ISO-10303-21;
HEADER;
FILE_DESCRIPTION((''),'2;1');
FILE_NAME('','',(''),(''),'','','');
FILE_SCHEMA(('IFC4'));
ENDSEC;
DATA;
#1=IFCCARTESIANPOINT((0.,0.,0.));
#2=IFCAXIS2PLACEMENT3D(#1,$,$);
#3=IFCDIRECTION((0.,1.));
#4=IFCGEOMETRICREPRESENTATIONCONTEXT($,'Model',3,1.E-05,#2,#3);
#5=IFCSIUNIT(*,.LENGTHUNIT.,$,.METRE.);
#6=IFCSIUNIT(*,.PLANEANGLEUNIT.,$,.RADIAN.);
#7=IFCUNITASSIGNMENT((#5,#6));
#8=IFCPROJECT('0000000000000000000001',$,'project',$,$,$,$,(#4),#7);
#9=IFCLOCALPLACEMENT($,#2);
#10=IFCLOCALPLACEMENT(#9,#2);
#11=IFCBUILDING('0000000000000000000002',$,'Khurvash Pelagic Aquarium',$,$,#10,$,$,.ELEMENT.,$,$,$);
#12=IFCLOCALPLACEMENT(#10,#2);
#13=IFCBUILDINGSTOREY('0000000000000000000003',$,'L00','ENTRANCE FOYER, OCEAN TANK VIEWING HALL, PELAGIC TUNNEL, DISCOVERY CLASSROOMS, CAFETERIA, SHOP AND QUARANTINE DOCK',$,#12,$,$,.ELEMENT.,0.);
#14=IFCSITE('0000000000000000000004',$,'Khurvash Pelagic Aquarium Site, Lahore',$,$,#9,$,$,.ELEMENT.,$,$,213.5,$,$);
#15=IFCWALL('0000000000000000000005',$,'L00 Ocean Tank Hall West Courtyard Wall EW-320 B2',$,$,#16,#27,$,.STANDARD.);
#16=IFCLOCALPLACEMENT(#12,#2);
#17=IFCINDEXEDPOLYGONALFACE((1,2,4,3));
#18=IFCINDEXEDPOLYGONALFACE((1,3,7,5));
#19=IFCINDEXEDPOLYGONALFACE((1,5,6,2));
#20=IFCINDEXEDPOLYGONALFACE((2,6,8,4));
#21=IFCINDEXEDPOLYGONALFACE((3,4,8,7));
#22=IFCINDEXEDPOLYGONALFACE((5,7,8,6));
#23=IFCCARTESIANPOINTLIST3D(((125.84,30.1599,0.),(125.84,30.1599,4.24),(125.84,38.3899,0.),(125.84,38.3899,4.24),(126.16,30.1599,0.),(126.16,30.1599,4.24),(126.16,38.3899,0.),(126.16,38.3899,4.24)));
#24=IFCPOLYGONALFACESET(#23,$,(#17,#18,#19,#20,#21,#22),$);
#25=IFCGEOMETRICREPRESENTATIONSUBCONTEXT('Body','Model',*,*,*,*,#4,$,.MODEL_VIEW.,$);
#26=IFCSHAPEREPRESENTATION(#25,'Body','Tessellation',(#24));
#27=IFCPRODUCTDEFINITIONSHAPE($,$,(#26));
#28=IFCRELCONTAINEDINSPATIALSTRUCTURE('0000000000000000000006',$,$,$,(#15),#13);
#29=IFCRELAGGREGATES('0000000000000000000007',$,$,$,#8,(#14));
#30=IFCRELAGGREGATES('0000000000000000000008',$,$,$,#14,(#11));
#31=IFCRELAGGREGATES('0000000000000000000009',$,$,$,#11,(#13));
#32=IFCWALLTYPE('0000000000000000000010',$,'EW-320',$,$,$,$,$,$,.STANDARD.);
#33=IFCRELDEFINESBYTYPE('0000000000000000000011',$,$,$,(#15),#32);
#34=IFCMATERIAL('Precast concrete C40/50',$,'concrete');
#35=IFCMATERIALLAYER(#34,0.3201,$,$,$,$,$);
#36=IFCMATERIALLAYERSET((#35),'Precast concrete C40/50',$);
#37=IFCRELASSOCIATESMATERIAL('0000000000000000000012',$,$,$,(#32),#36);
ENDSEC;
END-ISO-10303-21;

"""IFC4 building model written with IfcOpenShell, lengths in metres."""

from ifc_helpers import new_model, si_unit, direction, frame, frame_2d, origin, place, context, subcontext, project, spatial, rectangle, extrude, material, layer, layer_set, type_object, element, save


model = new_model("IFC4")

# Units and contexts
model_context = context("Model", 3, precision=1e-05, world=origin(), true_north=direction((0.0, 1.0)))
body_context = subcontext(model_context, "Body", "Model", "MODEL_VIEW")
ifc_project = project(units=[si_unit("LENGTHUNIT", "METRE"), si_unit("PLANEANGLEUNIT", "RADIAN")], contexts=[model_context])

# Site, building, storey
site_placement = place(None, origin())
site = spatial("IfcSite", under=ifc_project, at=site_placement, Name="Khurvash Pelagic Aquarium Site, Lahore", CompositionType="ELEMENT", RefElevation=213.5)
building_placement = place(site_placement, origin())
building = spatial("IfcBuilding", under=site, at=building_placement, Name="Khurvash Pelagic Aquarium", CompositionType="ELEMENT")
storey_placement = place(building_placement, origin())
storey = spatial("IfcBuildingStorey", under=building, at=storey_placement, Name="L00", Description="ENTRANCE FOYER, OCEAN TANK VIEWING HALL, PELAGIC TUNNEL, DISCOVERY CLASSROOMS, CAFETERIA, SHOP AND QUARANTINE DOCK", CompositionType="ELEMENT", Elevation=0.0)

# Wall
ifc_material_1 = material(Name="Precast concrete C40/50", Category="concrete")
ifc_layer_1 = layer(ifc_material_1, 0.3201)
ifc_layer_set_1 = layer_set([ifc_layer_1], Name="Precast concrete C40/50")
wall_type = type_object("IfcWallType", Name="EW-320", PredefinedType="STANDARD", material=ifc_layer_set_1)
wall_placement = place(storey_placement, frame((126.0, 38.3899, 0.0), z_axis=(0.0, 0.0, 1.0), x_axis=(0.0, -1.0, 0.0)))
element("IfcWall", 1, at=wall_placement, inside=storey, type_object=wall_type, Name="L00 Ocean Tank Hall West Courtyard Wall EW-320 B2", PredefinedType="STANDARD", context=body_context, shape_type="SweptSolid", body=[
    extrude(rectangle(XDim=8.23, YDim=0.3201, at=frame_2d((4.115, 0.0))), origin(), (0.0, 0.0, 1.0), 4.24),
])

save(model, "model.ifc")
